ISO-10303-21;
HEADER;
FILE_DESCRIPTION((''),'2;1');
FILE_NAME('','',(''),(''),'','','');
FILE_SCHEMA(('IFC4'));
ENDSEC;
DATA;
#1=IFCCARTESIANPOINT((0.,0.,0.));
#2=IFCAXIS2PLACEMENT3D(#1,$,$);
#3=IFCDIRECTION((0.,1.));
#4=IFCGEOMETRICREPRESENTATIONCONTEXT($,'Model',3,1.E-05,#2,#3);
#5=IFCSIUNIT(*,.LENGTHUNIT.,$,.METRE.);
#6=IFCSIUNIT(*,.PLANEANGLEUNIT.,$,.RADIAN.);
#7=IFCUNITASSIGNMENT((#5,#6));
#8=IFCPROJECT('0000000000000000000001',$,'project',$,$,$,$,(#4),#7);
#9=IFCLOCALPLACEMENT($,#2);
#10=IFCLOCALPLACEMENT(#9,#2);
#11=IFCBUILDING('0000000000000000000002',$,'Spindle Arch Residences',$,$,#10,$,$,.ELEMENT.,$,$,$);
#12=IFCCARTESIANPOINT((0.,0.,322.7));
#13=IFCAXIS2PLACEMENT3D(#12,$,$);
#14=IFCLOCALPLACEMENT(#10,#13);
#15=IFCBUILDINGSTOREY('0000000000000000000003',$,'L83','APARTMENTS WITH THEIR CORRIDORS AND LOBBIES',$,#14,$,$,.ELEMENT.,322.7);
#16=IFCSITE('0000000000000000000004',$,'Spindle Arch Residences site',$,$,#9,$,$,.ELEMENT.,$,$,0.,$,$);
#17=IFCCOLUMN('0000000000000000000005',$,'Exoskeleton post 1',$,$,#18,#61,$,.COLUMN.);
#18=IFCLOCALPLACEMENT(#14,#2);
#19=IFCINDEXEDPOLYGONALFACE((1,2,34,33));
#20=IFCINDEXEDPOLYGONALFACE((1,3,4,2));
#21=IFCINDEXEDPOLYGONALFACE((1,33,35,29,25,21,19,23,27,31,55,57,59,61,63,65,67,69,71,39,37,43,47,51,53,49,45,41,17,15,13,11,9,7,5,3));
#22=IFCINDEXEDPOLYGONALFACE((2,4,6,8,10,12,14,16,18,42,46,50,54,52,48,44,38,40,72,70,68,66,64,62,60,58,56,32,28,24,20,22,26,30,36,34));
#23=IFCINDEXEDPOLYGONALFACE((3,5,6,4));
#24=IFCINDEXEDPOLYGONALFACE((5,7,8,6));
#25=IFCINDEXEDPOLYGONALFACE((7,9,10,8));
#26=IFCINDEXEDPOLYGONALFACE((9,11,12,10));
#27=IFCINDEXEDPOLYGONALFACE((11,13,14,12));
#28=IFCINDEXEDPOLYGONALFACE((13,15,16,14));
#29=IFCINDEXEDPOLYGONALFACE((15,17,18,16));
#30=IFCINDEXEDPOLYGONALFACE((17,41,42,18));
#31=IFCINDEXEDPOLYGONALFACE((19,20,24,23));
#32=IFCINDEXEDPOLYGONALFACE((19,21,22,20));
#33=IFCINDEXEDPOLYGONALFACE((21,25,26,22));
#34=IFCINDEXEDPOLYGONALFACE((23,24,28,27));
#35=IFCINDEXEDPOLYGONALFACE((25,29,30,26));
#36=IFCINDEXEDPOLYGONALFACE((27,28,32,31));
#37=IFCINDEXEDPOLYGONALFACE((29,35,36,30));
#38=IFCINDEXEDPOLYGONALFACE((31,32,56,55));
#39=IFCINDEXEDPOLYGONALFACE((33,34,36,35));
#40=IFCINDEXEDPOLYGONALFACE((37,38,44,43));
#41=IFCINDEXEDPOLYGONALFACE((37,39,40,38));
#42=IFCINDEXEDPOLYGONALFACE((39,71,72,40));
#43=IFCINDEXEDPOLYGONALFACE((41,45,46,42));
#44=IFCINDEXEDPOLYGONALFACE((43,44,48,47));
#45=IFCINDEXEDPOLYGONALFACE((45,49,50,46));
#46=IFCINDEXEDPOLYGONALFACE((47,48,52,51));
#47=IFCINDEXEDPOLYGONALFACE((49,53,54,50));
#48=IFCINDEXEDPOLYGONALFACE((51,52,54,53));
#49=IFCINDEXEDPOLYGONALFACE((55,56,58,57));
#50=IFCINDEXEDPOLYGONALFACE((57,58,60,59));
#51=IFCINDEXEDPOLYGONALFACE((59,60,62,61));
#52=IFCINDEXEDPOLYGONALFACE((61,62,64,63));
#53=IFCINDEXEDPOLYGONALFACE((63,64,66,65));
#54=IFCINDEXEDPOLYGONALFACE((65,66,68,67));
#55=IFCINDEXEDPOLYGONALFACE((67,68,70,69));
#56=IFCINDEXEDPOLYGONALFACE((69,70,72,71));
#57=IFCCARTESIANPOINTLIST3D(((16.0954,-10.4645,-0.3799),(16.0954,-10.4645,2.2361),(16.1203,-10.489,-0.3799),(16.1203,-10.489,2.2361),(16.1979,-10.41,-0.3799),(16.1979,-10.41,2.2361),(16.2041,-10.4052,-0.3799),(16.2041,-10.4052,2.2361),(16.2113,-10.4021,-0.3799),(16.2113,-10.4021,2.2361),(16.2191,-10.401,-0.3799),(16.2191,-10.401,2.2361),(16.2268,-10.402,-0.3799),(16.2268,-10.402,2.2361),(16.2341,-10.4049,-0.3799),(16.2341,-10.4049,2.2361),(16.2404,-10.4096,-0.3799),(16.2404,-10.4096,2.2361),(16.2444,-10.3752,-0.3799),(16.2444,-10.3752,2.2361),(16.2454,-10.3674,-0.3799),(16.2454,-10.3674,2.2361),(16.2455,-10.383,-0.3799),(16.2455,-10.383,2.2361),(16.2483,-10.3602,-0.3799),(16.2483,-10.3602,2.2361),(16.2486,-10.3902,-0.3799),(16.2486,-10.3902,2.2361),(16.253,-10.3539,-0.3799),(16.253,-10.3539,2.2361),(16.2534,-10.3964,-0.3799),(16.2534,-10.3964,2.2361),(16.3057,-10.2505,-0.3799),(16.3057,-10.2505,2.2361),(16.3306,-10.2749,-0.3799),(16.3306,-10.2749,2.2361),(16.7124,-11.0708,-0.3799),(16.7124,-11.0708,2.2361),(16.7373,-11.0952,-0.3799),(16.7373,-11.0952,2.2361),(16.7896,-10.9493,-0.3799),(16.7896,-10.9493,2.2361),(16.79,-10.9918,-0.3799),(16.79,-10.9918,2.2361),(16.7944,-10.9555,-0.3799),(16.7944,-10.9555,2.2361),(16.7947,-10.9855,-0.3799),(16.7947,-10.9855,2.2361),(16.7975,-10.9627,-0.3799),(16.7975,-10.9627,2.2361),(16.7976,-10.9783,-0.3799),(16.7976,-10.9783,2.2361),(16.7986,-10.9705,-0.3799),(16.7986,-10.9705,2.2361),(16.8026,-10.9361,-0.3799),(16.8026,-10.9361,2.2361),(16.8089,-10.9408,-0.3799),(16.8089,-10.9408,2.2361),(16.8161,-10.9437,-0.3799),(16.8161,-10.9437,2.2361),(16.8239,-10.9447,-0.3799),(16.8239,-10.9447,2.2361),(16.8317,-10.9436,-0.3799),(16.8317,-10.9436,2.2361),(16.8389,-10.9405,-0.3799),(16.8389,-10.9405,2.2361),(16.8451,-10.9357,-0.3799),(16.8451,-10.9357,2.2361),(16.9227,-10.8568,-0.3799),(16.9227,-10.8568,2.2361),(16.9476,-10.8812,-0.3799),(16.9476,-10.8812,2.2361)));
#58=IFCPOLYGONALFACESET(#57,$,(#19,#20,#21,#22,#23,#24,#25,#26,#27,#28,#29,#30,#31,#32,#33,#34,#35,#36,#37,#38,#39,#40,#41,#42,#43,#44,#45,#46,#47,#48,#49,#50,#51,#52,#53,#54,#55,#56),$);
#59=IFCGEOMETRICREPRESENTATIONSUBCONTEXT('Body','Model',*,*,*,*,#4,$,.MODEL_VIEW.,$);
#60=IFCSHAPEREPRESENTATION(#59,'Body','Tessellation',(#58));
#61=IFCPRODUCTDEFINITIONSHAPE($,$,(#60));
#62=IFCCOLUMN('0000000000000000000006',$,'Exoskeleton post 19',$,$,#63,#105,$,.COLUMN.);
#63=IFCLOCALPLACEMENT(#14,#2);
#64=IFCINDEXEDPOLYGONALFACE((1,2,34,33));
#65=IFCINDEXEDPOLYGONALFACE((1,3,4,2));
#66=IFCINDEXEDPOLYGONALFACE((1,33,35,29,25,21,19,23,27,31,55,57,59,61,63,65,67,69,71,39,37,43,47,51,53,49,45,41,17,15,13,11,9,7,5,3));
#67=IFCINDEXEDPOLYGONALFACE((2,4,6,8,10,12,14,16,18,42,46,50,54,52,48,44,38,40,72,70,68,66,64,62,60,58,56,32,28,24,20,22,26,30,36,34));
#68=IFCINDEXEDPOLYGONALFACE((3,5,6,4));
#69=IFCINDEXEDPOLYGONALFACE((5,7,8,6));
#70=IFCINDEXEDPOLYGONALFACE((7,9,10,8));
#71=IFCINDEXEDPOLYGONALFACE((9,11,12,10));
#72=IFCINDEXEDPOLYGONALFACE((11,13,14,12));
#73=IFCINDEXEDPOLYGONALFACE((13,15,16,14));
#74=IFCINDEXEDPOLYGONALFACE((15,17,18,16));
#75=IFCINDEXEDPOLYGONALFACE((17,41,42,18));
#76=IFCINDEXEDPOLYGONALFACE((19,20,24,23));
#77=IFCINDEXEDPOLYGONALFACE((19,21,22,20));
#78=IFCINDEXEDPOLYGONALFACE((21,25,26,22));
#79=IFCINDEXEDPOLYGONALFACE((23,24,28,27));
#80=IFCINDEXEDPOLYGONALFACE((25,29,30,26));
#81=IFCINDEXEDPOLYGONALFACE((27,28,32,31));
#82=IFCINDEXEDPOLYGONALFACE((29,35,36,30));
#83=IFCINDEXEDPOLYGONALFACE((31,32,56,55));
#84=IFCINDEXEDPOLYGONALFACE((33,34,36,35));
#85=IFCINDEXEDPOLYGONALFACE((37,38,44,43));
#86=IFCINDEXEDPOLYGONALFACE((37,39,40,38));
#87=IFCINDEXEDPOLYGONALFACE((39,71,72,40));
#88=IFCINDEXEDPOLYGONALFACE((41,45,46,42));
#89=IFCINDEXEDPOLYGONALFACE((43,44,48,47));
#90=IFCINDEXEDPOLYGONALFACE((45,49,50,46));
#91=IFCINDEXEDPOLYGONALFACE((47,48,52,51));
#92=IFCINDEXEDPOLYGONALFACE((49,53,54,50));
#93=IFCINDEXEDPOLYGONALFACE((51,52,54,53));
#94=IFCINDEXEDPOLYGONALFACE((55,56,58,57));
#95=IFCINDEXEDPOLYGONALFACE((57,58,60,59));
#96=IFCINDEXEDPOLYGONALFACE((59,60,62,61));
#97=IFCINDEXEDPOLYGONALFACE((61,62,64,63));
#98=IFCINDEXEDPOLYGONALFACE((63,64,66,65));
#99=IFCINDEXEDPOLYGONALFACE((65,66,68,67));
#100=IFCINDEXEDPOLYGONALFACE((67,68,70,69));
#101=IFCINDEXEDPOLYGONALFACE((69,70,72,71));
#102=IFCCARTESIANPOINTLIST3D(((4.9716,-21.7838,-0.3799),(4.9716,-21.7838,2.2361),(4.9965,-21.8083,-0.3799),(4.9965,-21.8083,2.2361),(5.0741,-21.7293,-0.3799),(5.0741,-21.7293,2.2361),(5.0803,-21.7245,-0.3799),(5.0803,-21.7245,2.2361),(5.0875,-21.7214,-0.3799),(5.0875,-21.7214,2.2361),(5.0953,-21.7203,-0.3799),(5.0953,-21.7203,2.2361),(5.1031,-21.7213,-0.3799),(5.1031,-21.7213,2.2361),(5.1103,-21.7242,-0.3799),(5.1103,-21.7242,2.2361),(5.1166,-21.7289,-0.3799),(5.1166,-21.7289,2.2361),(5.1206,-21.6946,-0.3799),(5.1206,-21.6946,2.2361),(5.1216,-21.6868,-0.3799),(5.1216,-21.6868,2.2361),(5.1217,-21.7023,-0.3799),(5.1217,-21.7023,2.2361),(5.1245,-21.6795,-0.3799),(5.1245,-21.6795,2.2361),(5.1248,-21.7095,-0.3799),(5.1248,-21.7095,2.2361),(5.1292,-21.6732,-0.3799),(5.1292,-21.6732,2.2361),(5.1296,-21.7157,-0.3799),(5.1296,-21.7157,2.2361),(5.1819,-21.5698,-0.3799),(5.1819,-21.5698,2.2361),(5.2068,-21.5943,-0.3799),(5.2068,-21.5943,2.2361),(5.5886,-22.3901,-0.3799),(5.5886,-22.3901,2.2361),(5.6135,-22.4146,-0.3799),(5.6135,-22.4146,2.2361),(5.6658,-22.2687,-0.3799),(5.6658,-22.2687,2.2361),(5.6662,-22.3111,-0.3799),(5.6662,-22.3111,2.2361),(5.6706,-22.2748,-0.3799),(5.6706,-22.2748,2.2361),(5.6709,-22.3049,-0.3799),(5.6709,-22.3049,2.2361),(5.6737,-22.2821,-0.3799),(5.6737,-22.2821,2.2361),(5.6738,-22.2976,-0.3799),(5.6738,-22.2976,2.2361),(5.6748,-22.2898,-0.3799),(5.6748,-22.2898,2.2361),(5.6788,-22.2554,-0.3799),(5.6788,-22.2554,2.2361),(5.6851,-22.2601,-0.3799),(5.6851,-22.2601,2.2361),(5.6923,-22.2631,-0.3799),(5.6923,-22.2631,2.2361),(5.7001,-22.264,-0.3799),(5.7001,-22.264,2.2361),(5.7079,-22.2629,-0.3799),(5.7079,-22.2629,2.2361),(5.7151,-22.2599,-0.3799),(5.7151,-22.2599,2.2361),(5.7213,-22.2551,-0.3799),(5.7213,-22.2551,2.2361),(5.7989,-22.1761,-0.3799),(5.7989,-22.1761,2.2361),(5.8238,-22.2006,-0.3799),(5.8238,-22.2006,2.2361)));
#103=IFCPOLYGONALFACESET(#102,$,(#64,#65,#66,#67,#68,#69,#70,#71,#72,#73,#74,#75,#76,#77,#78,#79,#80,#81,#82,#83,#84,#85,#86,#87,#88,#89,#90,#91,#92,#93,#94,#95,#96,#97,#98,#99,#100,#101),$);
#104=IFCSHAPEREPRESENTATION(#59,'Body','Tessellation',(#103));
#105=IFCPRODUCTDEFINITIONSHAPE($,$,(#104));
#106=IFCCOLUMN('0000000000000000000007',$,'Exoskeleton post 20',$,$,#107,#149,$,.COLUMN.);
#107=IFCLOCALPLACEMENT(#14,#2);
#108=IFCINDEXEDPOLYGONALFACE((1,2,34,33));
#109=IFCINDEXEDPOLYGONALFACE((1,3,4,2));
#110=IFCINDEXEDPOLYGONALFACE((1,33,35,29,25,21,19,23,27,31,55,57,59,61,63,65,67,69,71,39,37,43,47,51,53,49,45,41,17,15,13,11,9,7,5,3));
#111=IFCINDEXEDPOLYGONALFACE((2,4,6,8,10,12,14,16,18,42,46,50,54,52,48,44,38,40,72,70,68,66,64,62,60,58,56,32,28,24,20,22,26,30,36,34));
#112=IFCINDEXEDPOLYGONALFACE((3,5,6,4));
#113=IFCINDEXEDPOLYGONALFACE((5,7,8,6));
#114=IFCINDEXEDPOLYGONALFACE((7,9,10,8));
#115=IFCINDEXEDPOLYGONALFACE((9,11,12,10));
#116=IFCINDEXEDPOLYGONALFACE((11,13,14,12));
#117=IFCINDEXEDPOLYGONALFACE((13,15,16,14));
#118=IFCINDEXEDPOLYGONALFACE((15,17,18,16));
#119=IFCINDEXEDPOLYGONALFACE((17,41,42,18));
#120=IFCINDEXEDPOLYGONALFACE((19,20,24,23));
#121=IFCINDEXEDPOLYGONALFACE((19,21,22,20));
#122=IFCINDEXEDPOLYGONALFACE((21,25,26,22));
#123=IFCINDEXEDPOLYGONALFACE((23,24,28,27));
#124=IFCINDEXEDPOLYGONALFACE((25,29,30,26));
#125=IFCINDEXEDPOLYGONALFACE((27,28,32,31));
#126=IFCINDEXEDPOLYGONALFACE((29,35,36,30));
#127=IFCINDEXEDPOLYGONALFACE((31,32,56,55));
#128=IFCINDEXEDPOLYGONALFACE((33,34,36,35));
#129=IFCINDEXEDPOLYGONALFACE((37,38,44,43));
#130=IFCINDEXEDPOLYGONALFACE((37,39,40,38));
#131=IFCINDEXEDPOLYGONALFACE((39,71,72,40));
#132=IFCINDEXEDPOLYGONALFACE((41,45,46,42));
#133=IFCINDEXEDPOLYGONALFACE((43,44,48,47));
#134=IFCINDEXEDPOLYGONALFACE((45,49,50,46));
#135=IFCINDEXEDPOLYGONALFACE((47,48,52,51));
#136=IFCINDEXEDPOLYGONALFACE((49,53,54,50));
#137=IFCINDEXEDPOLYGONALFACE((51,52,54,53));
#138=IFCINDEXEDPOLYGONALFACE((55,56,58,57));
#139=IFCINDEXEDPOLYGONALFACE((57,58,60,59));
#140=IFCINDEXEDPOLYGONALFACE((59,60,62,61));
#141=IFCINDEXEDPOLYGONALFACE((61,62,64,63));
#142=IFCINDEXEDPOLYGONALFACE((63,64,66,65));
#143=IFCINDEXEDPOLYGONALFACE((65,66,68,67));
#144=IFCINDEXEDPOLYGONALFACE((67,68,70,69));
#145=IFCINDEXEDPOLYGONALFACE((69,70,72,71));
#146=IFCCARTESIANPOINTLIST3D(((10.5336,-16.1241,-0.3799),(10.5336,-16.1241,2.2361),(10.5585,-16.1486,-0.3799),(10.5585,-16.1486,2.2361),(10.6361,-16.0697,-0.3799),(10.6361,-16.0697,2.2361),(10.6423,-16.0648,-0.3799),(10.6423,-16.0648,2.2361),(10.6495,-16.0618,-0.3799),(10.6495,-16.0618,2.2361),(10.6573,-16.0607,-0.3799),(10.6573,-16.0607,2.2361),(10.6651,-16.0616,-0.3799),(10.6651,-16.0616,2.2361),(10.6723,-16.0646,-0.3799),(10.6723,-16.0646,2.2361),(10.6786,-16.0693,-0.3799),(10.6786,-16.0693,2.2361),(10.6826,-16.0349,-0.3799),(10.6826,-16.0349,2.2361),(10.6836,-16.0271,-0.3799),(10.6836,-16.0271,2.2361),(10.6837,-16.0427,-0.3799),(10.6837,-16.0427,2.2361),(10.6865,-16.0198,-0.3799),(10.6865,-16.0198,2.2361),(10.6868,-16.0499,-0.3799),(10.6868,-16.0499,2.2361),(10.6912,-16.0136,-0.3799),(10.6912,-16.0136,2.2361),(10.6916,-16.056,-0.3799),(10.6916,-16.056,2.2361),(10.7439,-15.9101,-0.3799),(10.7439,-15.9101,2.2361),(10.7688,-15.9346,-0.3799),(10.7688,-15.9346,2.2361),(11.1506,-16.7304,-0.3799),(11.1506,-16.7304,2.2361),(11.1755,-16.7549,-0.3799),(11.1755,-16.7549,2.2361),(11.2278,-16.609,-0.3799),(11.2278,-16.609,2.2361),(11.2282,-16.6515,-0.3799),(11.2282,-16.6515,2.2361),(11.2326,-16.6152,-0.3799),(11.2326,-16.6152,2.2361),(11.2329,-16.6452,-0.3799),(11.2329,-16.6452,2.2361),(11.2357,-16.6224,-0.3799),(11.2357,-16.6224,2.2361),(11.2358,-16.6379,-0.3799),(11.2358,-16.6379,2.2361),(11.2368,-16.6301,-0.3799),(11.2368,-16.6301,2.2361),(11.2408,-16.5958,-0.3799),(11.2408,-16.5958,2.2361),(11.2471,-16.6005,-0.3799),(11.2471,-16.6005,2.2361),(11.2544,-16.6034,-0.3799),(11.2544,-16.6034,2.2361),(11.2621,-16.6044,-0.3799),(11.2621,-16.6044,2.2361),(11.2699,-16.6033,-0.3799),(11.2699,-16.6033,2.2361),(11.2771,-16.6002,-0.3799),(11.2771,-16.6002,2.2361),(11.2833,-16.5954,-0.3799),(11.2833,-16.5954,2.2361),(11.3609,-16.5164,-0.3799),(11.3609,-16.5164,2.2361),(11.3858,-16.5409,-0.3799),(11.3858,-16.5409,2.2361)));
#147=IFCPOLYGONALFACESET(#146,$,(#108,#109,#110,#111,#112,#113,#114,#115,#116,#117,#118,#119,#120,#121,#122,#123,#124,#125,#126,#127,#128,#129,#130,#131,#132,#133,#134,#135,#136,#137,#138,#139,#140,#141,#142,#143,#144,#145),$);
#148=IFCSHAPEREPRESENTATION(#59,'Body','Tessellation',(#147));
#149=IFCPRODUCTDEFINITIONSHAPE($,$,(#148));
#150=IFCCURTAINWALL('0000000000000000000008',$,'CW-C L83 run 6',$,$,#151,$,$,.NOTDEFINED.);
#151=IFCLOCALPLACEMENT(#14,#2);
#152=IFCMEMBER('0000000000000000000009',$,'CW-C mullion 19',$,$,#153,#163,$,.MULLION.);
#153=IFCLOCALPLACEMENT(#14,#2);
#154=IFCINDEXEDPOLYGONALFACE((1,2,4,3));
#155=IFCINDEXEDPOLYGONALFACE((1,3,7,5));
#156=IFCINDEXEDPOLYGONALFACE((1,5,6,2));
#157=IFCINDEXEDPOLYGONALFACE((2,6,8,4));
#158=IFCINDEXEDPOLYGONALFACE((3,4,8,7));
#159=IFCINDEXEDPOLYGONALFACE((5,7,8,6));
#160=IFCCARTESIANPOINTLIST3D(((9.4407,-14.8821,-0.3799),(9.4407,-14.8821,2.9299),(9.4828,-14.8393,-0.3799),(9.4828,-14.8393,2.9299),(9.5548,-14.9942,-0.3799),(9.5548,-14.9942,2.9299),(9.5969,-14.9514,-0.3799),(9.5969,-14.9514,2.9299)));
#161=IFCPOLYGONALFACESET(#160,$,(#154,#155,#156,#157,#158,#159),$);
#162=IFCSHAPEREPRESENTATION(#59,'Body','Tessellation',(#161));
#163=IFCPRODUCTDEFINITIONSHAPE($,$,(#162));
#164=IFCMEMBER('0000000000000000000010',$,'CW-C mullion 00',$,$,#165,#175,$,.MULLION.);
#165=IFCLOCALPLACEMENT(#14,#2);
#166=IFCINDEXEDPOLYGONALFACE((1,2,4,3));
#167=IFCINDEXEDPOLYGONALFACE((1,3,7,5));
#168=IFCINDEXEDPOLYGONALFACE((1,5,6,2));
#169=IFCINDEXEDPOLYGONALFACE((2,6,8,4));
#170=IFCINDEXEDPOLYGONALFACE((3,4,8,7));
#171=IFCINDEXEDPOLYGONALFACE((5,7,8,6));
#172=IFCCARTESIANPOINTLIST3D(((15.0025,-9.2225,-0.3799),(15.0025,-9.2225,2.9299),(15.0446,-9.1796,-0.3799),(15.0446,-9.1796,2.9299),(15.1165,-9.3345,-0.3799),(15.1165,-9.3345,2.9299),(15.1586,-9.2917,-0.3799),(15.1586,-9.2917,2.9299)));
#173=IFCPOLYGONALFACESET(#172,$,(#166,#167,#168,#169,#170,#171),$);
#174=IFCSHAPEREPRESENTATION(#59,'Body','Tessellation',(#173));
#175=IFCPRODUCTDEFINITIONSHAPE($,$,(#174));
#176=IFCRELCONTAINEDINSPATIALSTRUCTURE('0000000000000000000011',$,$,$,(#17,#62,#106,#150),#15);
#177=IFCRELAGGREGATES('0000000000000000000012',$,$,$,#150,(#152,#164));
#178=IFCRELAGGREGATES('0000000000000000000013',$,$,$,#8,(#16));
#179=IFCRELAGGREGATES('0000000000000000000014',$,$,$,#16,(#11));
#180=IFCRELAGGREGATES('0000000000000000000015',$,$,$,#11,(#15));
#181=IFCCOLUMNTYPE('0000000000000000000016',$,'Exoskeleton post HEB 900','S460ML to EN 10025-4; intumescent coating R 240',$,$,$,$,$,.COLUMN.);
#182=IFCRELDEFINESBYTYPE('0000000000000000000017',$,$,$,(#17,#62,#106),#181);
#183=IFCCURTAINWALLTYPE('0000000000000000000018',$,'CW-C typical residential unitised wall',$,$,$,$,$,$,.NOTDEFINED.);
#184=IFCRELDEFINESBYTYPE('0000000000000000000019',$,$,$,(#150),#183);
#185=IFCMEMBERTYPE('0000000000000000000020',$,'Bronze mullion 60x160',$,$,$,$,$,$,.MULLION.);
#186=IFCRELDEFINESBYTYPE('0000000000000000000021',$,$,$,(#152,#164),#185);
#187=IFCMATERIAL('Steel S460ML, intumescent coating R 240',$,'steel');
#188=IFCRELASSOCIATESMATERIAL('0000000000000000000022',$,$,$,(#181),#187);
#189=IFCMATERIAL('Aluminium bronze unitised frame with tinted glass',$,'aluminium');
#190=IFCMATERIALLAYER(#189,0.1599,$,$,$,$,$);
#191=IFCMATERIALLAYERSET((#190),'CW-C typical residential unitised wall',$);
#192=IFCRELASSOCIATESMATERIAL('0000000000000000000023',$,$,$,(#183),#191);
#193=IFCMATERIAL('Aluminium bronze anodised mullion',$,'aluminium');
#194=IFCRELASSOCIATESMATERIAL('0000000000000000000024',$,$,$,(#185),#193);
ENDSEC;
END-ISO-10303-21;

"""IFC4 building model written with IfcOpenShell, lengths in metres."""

from ifc_helpers import new_model, si_unit, direction, frame, origin, origin_2d, place, context, subcontext, project, spatial, rectangle, i_section, extrude, material, layer, layer_set, material_profile, profile_set, type_object, element, aggregate, save


model = new_model("IFC4")

# Units and contexts
model_context = context("Model", 3, precision=1e-05, world=origin(), true_north=direction((0.0, 1.0)))
body_context = subcontext(model_context, "Body", "Model", "MODEL_VIEW")
ifc_project = project(units=[si_unit("LENGTHUNIT", "METRE"), si_unit("PLANEANGLEUNIT", "RADIAN")], contexts=[model_context])

# Site, building, storey
site_placement = place(None, origin())
site = spatial("IfcSite", under=ifc_project, at=site_placement, Name="Spindle Arch Residences site", CompositionType="ELEMENT", RefElevation=0.0)
building_placement = place(site_placement, origin())
building = spatial("IfcBuilding", under=site, at=building_placement, Name="Spindle Arch Residences", CompositionType="ELEMENT")
storey_placement = place(building_placement, frame((0.0, 0.0, 322.7)))
storey = spatial("IfcBuildingStorey", under=building, at=storey_placement, Name="L83", Description="APARTMENTS WITH THEIR CORRIDORS AND LOBBIES", CompositionType="ELEMENT", Elevation=322.7)

# Columns
ifc_material_1 = material(Name="Steel S460ML, intumescent coating R 240", Category="steel")
ifc_material_profile_1 = material_profile(ifc_material_1, i_section(OverallWidth=0.3, OverallDepth=0.8999, WebThickness=0.0186, FlangeThickness=0.0349, FilletRadius=0.03, at=origin_2d()), Name="HEB 900")
ifc_profile_set_1 = profile_set([ifc_material_profile_1], Name="Steel S460ML, intumescent coating R 240")
column_type = type_object("IfcColumnType", Name="Exoskeleton post HEB 900", Description="S460ML to EN 10025-4; intumescent coating R 240", PredefinedType="COLUMN", material=ifc_profile_set_1)
for number, where, z_axis, x_axis, name in (
    (1, (16.5215, -10.6729, -0.3799), (0.0, 0.0, 1.0), (-0.700909, -0.71325, 0.0), "Exoskeleton post 1"),
    (2, (5.3977, -21.9922, -0.3799), (0.0, 0.0, 1.0), (-0.700909, -0.71325, 0.0), "Exoskeleton post 19"),
    (3, (10.9597, -16.3325, -0.3799), (0.0, 0.0, 1.0), (-0.700909, -0.71325, 0.0), "Exoskeleton post 20"),
):
    element("IfcColumn", number, at=place(storey_placement, frame(where, z_axis=z_axis, x_axis=x_axis)), inside=storey, type_object=column_type, Name=name, PredefinedType="COLUMN", context=body_context, shape_type="SweptSolid", body=[
        extrude(i_section(OverallWidth=0.3, OverallDepth=0.8999, WebThickness=0.0186, FlangeThickness=0.0349, FilletRadius=0.03, at=origin_2d()), origin(), (0.0, 0.0, 1.0), 2.616),
    ])

# Curtain wall, members
ifc_material_2 = material(Name="Aluminium bronze unitised frame with tinted glass", Category="aluminium")
ifc_layer_1 = layer(ifc_material_2, 0.1599)
ifc_layer_set_1 = layer_set([ifc_layer_1], Name="CW-C typical residential unitised wall")
curtain_wall_type = type_object("IfcCurtainWallType", Name="CW-C typical residential unitised wall", PredefinedType="NOTDEFINED", material=ifc_layer_set_1)
curtain_wall_placement = place(storey_placement, origin())
curtain_wall = element("IfcCurtainWall", 4, at=curtain_wall_placement, inside=storey, type_object=curtain_wall_type, Name="CW-C L83 run 6", PredefinedType="NOTDEFINED")
ifc_material_3 = material(Name="Aluminium bronze anodised mullion", Category="aluminium")
ifc_material_profile_2 = material_profile(ifc_material_3, rectangle(XDim=0.1599, YDim=0.0601, at=origin_2d()), Name="MU 60x160")
ifc_profile_set_2 = profile_set([ifc_material_profile_2], Name="Aluminium bronze anodised mullion")
member_type = type_object("IfcMemberType", Name="Bronze mullion 60x160", PredefinedType="MULLION", material=ifc_profile_set_2)
member_1_placement = place(storey_placement, frame((9.5188, -14.9167, -0.3799), z_axis=(0.0, 0.0, 1.0), x_axis=(-0.71325, 0.700909, 0.0)))
member_1 = element("IfcMember", 5, at=member_1_placement, type_object=member_type, Name="CW-C mullion 19", PredefinedType="MULLION", context=body_context, shape_type="SweptSolid", body=[
    extrude(rectangle(XDim=0.1599, YDim=0.0601, at=origin_2d()), origin(), (0.0, 0.0, 1.0), 3.3098),
])
member_2_placement = place(storey_placement, frame((15.0806, -9.2571, -0.3799), z_axis=(0.0, 0.0, 1.0), x_axis=(-0.71325, 0.700909, 0.0)))
member_2 = element("IfcMember", 6, at=member_2_placement, type_object=member_type, Name="CW-C mullion 00", PredefinedType="MULLION", context=body_context, shape_type="SweptSolid", body=[
    extrude(rectangle(XDim=0.1599, YDim=0.0601, at=origin_2d()), origin(), (0.0, 0.0, 1.0), 3.3098),
])

aggregate(curtain_wall, [member_1, member_2])

save(model, "model.ifc")
